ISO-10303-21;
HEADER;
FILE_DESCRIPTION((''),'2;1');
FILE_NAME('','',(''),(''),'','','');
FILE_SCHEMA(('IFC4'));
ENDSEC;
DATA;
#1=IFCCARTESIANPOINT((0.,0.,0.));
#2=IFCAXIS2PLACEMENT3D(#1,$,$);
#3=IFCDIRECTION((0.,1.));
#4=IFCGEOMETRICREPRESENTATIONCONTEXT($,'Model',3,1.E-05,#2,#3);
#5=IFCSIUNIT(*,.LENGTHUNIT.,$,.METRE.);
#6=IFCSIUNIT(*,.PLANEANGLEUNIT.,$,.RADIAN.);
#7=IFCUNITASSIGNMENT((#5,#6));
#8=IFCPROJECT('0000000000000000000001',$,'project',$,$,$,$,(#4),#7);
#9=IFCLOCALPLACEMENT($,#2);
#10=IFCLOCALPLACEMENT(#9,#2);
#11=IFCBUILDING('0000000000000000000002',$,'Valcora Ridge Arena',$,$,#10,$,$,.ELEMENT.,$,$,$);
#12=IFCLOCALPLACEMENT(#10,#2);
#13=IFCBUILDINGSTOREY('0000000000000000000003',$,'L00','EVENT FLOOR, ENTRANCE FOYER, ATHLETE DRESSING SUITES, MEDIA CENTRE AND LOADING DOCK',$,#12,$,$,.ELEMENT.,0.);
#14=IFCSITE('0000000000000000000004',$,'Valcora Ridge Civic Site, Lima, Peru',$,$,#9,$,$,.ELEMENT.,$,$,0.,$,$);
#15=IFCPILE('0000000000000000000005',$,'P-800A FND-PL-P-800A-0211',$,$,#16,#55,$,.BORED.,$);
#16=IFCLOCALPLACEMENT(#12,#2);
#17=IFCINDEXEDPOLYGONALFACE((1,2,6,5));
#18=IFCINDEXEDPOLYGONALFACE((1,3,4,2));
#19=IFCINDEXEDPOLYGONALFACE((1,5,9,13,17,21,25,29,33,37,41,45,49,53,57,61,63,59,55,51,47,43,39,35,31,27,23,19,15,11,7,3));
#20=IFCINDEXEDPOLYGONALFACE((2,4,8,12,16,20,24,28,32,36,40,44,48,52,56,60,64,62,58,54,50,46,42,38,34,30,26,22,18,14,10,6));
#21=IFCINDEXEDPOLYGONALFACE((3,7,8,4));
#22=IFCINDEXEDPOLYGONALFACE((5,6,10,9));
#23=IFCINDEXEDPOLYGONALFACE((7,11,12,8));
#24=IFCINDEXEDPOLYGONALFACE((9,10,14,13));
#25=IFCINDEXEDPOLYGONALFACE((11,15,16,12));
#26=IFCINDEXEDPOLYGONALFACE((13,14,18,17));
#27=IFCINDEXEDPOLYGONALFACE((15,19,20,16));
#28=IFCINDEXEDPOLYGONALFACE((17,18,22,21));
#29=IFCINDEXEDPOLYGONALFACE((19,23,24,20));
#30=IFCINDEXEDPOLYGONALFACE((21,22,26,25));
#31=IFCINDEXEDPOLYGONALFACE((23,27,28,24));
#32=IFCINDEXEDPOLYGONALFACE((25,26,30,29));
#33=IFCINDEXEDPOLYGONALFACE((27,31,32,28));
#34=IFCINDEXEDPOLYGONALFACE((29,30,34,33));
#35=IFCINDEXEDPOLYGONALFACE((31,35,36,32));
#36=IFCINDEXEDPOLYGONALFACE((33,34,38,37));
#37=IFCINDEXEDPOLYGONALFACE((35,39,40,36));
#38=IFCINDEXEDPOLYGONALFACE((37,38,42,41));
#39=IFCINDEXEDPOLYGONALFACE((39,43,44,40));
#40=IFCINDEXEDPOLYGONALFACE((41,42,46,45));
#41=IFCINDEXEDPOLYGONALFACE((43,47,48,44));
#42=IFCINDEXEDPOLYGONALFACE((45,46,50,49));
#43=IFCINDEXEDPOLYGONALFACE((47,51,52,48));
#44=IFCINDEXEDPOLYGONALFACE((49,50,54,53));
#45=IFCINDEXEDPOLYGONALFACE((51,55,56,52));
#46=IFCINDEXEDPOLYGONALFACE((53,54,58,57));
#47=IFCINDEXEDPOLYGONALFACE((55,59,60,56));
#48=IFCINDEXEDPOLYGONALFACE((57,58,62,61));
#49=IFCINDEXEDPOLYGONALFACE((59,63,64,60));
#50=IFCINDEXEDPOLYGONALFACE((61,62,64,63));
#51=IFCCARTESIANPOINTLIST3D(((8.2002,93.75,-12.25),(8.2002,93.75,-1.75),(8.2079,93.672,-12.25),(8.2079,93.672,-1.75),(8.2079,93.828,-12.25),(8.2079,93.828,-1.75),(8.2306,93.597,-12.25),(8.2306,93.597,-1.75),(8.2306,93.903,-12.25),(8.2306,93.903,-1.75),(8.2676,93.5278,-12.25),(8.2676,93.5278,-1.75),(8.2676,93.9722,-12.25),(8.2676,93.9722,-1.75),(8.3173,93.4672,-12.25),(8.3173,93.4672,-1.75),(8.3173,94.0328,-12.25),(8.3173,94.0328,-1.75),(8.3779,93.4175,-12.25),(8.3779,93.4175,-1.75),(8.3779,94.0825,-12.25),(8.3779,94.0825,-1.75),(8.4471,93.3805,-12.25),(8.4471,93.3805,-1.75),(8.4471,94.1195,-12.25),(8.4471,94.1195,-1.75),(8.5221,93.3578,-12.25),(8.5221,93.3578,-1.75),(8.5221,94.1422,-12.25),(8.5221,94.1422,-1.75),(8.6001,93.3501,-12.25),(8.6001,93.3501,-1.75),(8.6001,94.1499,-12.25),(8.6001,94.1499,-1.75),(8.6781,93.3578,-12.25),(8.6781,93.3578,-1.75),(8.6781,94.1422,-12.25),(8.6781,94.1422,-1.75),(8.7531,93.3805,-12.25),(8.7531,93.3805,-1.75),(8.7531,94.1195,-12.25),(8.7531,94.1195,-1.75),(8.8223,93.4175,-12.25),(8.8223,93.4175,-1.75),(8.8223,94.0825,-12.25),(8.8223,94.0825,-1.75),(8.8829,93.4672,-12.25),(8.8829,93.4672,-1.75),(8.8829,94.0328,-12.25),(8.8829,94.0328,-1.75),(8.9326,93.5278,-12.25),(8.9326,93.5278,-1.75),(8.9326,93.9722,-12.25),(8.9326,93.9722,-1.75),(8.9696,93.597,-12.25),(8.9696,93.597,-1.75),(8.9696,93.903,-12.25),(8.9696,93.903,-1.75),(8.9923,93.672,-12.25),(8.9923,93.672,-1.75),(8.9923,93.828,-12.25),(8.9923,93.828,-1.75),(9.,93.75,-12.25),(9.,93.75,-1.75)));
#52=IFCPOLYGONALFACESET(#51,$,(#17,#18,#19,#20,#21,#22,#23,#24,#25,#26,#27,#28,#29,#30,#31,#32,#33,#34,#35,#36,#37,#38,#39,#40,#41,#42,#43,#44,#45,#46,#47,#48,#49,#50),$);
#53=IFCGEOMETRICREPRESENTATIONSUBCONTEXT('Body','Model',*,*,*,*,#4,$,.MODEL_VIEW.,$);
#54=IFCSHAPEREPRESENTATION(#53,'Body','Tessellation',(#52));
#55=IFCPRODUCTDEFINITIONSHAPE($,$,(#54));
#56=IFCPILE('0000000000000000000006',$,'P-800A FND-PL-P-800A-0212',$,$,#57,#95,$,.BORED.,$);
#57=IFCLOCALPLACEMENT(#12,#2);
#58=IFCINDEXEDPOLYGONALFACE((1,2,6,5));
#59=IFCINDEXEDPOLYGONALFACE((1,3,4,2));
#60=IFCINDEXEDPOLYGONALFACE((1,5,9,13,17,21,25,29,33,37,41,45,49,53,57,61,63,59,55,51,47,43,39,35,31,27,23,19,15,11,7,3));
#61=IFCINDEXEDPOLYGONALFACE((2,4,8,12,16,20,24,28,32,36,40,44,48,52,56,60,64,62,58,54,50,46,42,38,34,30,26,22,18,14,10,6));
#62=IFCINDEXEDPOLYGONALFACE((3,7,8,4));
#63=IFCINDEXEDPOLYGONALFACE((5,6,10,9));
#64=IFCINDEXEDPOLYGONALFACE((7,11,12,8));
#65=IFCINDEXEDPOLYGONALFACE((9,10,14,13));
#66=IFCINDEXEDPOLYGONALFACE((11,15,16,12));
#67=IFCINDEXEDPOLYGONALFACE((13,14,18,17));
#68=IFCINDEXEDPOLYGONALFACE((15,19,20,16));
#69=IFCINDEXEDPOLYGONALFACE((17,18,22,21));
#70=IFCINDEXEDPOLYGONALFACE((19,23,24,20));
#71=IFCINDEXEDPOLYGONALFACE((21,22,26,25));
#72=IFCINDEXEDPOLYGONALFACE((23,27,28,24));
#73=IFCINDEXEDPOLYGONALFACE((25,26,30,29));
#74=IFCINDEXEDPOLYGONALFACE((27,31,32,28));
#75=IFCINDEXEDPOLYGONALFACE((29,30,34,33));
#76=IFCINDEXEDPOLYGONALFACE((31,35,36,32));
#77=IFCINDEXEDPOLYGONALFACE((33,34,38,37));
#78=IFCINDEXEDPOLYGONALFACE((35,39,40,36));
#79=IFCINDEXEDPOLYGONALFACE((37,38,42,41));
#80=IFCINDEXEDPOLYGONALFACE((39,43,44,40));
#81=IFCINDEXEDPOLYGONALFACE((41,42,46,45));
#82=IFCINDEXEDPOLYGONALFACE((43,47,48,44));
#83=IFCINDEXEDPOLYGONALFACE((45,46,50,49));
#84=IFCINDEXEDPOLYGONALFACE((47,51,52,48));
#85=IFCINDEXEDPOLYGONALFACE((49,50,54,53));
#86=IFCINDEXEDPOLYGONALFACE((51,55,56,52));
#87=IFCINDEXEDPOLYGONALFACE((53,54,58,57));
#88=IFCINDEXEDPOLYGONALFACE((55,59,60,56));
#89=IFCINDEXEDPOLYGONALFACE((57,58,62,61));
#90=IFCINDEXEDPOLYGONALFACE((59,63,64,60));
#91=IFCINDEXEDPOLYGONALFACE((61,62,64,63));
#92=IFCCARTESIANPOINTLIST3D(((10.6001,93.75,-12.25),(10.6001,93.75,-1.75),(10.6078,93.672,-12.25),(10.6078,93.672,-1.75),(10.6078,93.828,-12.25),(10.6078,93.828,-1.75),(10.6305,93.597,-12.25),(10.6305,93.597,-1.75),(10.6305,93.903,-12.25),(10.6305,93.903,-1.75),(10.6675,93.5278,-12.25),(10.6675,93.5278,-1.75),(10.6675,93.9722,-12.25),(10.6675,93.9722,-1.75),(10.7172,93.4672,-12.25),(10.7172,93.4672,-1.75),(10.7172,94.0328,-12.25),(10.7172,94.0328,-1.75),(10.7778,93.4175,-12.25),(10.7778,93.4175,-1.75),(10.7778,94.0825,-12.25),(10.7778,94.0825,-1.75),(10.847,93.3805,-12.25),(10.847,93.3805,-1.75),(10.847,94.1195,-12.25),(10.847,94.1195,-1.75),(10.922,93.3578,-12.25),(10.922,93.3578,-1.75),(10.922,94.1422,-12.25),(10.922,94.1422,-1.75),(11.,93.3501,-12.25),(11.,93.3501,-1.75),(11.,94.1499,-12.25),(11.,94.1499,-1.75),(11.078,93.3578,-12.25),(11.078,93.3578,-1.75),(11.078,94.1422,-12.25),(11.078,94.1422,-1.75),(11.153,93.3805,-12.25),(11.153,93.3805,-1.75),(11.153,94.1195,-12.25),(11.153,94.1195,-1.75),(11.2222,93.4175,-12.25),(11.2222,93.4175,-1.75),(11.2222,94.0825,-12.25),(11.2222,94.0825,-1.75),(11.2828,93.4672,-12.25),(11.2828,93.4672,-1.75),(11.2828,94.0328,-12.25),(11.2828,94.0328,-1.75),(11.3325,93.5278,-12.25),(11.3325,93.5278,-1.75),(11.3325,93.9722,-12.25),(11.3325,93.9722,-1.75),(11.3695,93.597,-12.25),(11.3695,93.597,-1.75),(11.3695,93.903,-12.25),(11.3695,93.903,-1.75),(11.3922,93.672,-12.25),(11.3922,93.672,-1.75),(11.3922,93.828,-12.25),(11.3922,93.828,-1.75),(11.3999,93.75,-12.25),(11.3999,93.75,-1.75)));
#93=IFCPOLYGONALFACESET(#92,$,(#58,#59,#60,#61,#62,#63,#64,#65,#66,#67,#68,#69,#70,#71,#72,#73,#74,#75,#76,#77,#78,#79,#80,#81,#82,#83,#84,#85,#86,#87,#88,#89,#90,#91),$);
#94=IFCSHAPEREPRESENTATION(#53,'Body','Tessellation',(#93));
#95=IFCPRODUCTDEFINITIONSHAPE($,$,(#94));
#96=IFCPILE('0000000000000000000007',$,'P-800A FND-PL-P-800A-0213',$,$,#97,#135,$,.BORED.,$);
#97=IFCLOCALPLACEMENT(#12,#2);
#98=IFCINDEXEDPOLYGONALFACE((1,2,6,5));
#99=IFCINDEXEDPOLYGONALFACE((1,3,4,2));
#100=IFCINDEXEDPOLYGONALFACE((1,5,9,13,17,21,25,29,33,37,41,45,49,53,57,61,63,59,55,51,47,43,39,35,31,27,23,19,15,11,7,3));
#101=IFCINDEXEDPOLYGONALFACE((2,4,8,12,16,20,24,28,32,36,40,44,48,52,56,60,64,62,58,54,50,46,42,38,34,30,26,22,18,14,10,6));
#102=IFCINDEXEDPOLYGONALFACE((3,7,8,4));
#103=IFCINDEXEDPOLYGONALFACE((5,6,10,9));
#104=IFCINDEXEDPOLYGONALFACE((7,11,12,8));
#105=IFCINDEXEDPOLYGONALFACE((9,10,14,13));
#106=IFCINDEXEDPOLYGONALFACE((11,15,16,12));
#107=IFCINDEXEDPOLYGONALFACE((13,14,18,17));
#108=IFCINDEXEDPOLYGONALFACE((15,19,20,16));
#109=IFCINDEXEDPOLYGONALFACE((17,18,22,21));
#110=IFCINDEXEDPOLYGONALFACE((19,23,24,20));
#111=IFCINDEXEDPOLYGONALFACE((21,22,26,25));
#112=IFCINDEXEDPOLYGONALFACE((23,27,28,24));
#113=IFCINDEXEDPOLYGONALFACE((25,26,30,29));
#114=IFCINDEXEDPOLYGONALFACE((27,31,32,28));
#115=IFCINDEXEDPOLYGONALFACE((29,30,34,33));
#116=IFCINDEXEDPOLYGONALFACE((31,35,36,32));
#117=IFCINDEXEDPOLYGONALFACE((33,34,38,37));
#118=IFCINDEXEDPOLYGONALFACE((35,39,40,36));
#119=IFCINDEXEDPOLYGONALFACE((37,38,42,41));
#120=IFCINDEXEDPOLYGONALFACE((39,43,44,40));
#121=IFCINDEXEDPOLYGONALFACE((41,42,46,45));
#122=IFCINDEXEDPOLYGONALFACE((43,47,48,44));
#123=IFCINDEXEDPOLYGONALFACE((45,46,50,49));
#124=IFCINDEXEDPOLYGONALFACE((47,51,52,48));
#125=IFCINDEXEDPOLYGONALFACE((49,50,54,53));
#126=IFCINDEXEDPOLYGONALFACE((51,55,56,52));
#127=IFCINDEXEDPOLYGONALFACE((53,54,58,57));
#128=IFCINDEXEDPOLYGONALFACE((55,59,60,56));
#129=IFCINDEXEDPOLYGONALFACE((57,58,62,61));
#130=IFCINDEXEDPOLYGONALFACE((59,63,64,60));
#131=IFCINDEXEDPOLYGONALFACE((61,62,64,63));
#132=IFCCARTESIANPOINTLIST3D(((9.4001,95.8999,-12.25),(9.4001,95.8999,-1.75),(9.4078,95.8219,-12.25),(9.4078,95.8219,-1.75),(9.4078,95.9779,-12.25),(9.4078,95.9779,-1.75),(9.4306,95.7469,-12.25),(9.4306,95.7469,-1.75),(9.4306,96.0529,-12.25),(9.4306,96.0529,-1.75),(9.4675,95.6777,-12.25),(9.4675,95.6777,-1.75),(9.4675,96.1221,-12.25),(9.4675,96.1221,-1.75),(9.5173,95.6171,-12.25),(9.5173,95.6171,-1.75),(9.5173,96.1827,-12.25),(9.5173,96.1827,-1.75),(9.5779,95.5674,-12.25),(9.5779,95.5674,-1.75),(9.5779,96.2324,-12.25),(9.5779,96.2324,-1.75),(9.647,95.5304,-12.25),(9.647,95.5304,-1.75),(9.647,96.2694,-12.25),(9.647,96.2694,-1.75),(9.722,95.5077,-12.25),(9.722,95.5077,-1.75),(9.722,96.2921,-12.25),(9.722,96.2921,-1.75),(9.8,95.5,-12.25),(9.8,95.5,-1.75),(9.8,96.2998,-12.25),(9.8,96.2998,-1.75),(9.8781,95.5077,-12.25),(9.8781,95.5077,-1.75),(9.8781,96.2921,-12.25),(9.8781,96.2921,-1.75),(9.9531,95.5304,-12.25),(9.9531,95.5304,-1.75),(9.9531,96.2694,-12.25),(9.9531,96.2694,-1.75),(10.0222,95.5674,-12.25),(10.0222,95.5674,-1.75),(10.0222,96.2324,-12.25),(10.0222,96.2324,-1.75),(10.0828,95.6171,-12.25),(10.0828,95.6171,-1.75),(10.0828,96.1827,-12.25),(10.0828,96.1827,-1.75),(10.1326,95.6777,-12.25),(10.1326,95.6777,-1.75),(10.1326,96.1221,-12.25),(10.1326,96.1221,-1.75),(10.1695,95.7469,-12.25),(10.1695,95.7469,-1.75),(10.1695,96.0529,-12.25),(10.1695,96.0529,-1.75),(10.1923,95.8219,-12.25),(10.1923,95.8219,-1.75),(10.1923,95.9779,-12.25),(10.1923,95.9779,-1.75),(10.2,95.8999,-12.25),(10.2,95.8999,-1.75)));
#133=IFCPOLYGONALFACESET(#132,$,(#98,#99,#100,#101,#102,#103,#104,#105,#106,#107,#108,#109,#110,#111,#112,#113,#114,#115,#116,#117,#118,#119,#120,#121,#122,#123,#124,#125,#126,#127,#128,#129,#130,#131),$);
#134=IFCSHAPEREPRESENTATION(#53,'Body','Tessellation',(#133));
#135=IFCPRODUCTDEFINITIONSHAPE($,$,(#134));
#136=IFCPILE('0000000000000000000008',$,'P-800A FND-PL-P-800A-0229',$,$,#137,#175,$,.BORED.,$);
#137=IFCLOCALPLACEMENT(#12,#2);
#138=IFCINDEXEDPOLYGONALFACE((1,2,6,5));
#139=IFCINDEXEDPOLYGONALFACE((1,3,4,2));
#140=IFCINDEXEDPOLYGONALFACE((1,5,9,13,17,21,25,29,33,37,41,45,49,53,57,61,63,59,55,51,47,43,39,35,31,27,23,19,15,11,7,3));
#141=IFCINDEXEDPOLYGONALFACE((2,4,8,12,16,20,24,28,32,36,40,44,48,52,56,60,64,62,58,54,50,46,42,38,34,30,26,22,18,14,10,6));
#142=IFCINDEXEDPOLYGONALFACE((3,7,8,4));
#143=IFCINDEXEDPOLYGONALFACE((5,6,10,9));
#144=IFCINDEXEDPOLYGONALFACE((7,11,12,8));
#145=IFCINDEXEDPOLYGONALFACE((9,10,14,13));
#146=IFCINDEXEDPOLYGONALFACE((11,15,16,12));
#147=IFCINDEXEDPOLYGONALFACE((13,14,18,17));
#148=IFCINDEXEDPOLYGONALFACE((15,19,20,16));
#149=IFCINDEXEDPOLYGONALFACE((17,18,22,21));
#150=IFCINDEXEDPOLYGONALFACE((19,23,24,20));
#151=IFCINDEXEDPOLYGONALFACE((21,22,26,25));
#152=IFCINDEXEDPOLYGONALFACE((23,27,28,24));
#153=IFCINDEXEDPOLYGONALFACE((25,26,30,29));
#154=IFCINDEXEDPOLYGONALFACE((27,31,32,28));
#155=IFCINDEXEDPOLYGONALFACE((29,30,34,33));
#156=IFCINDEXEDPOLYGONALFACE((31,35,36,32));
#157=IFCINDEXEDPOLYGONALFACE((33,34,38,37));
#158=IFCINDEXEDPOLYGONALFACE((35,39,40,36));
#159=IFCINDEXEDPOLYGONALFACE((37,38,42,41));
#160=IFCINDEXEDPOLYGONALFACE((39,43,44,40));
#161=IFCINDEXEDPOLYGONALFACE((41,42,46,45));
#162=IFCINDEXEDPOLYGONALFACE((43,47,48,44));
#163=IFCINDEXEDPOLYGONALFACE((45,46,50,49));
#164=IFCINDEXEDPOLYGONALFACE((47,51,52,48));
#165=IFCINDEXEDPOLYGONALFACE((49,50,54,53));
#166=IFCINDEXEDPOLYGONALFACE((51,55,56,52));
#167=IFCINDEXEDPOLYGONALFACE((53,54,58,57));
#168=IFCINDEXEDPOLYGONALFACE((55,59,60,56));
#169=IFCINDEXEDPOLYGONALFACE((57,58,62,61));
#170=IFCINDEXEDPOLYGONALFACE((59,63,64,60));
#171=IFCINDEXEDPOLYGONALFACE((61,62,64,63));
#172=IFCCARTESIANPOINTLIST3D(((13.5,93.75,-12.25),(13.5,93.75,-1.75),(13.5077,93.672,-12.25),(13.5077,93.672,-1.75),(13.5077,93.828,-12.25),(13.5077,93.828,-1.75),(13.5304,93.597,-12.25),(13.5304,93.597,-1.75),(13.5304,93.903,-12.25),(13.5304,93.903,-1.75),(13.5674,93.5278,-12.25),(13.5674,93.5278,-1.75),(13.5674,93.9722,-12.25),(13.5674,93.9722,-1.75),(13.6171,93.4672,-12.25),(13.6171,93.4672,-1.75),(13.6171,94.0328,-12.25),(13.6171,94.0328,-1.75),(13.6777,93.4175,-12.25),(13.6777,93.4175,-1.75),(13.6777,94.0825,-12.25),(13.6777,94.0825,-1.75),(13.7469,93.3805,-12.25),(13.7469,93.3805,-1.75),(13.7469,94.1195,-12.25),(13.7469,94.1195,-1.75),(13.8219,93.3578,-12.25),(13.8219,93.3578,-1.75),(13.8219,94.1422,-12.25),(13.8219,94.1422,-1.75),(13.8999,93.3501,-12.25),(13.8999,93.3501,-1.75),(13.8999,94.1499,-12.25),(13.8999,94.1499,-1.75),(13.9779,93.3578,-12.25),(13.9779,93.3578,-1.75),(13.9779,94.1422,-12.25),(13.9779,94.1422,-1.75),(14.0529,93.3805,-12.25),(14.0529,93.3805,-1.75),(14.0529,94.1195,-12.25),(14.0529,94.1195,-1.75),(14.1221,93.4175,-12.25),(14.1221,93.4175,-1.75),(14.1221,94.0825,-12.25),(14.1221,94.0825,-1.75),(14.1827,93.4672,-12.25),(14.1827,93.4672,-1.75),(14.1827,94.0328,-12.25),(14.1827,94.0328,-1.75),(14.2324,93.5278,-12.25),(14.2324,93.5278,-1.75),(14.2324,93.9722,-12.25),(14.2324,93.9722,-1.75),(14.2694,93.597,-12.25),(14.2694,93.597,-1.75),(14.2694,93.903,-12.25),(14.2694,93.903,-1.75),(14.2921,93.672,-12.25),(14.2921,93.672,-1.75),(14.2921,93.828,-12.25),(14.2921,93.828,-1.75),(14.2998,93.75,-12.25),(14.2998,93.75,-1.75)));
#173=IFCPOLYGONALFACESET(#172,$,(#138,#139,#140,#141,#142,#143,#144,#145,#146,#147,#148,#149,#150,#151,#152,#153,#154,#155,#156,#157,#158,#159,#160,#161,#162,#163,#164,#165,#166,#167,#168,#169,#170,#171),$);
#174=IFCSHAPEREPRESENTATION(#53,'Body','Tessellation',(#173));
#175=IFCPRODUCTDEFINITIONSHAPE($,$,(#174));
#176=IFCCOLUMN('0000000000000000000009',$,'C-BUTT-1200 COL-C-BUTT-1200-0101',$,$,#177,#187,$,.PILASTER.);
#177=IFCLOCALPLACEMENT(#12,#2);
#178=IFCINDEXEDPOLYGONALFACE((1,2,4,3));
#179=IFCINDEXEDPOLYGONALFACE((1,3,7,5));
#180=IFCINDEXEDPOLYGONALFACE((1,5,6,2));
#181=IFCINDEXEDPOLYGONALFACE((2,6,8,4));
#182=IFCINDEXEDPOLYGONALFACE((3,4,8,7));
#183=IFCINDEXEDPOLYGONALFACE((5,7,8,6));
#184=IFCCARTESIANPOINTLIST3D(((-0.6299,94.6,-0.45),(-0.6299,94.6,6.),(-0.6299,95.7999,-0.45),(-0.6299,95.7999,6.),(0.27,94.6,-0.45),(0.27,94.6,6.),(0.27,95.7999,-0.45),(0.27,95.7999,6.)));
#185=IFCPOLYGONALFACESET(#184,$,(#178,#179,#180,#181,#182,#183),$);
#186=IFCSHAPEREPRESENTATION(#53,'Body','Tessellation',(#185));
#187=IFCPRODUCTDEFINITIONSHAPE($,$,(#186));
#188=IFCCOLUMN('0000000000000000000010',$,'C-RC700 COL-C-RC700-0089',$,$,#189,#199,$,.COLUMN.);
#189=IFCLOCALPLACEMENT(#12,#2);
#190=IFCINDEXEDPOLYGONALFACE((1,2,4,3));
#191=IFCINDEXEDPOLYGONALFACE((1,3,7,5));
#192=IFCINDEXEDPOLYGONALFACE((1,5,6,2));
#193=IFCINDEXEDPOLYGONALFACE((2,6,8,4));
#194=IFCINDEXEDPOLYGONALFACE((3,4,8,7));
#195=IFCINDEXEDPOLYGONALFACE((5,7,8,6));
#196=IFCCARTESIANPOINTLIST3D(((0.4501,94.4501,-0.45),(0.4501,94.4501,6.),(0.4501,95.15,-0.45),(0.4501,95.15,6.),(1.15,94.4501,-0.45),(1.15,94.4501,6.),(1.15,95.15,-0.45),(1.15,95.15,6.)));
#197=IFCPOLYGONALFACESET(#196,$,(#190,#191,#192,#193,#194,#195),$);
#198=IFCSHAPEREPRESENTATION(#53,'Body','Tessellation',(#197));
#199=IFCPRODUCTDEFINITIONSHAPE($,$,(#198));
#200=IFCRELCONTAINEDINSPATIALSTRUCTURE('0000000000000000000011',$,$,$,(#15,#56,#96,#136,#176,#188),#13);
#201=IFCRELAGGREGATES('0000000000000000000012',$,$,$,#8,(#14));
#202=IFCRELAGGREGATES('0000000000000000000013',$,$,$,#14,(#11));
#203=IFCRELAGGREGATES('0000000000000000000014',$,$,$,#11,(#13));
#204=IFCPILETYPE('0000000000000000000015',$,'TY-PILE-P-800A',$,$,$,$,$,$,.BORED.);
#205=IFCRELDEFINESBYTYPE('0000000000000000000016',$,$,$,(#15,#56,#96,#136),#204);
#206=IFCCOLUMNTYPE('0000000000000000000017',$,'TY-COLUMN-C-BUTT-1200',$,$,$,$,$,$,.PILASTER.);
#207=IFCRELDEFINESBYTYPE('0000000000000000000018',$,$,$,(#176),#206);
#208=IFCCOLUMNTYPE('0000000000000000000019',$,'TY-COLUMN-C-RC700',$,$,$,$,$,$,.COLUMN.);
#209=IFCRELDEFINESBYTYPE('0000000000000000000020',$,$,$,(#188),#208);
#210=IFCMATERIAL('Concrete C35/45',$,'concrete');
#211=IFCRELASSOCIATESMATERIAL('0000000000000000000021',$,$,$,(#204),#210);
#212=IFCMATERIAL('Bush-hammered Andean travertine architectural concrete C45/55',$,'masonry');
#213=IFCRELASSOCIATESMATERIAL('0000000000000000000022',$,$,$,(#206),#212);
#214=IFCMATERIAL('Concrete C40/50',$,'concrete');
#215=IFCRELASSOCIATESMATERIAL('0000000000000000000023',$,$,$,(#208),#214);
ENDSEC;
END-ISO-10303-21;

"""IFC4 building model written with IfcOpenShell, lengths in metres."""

from ifc_helpers import new_model, si_unit, direction, frame, origin, origin_2d, place, context, subcontext, project, spatial, rectangle, circle, extrude, material, material_profile, profile_set, type_object, element, save


model = new_model("IFC4")

# Units and contexts
model_context = context("Model", 3, precision=1e-05, world=origin(), true_north=direction((0.0, 1.0)))
body_context = subcontext(model_context, "Body", "Model", "MODEL_VIEW")
ifc_project = project(units=[si_unit("LENGTHUNIT", "METRE"), si_unit("PLANEANGLEUNIT", "RADIAN")], contexts=[model_context])

# Site, building, storey
site_placement = place(None, origin())
site = spatial("IfcSite", under=ifc_project, at=site_placement, Name="Valcora Ridge Civic Site, Lima, Peru", CompositionType="ELEMENT", RefElevation=0.0)
building_placement = place(site_placement, origin())
building = spatial("IfcBuilding", under=site, at=building_placement, Name="Valcora Ridge Arena", CompositionType="ELEMENT")
storey_placement = place(building_placement, origin())
storey = spatial("IfcBuildingStorey", under=building, at=storey_placement, Name="L00", Description="EVENT FLOOR, ENTRANCE FOYER, ATHLETE DRESSING SUITES, MEDIA CENTRE AND LOADING DOCK", CompositionType="ELEMENT", Elevation=0.0)

# Shared definitions
ifc_material_1 = material(Name="Concrete C40/50", Category="concrete")

# Piles
ifc_material_2 = material(Name="Concrete C35/45", Category="concrete")
ifc_material_profile_1 = material_profile(ifc_material_2, circle(Radius=0.3999, at=origin_2d()), Name="BORED PILE D800")
ifc_profile_set_1 = profile_set([ifc_material_profile_1], Name="Concrete C35/45")
pile_type = type_object("IfcPileType", Name="TY-PILE-P-800A", PredefinedType="BORED", material=ifc_profile_set_1)
for number, where, z_axis, x_axis, name in (
    (1, (8.6001, 93.75, -1.75), (0.0, 0.0, -1.0), (1.0, 0.0, 0.0), "P-800A FND-PL-P-800A-0211"),
    (2, (11.0, 93.75, -1.75), (0.0, 0.0, -1.0), (1.0, 0.0, 0.0), "P-800A FND-PL-P-800A-0212"),
    (3, (9.8, 95.8999, -1.75), (0.0, 0.0, -1.0), (1.0, 0.0, 0.0), "P-800A FND-PL-P-800A-0213"),
    (4, (13.8999, 93.75, -1.75), (0.0, 0.0, -1.0), (1.0, 0.0, 0.0), "P-800A FND-PL-P-800A-0229"),
):
    element("IfcPile", number, at=place(storey_placement, frame(where, z_axis=z_axis, x_axis=x_axis)), inside=storey, type_object=pile_type, Name=name, PredefinedType="BORED", context=body_context, shape_type="SweptSolid", body=[
        extrude(circle(Radius=0.3999, at=origin_2d()), origin(), (0.0, 0.0, 1.0), 10.5),
    ])

# Columns
ifc_material_3 = material(Name="Bush-hammered Andean travertine architectural concrete C45/55", Category="masonry")
ifc_material_profile_2 = material_profile(ifc_material_3, rectangle(XDim=0.8999, YDim=1.2, at=origin_2d()), Name="RC 900x1200")
ifc_profile_set_2 = profile_set([ifc_material_profile_2], Name="Bush-hammered Andean travertine architectural concrete C45/55")
column_type_1 = type_object("IfcColumnType", Name="TY-COLUMN-C-BUTT-1200", PredefinedType="PILASTER", material=ifc_profile_set_2)
column_placement = place(storey_placement, frame((-0.1799, 95.2, -0.45), z_axis=(0.0, 0.0, 1.0), x_axis=(1.0, 0.0, 0.0)))
element("IfcColumn", 5, at=column_placement, inside=storey, type_object=column_type_1, Name="C-BUTT-1200 COL-C-BUTT-1200-0101", PredefinedType="PILASTER", context=body_context, shape_type="SweptSolid", body=[
    extrude(rectangle(XDim=0.8999, YDim=1.2, at=origin_2d()), origin(), (0.0, 0.0, 1.0), 6.45),
])
ifc_material_profile_3 = material_profile(ifc_material_1, rectangle(XDim=0.7, YDim=0.7, at=origin_2d()), Name="RC 700x700")
ifc_profile_set_3 = profile_set([ifc_material_profile_3], Name="Concrete C40/50")
column_type_2 = type_object("IfcColumnType", Name="TY-COLUMN-C-RC700", PredefinedType="COLUMN", material=ifc_profile_set_3)
for number, where, z_axis, x_axis, name in (
    (6, (0.8, 94.8, -0.45), (0.0, 0.0, 1.0), (1.0, 0.0, 0.0), "C-RC700 COL-C-RC700-0089"),
):
    element("IfcColumn", number, at=place(storey_placement, frame(where, z_axis=z_axis, x_axis=x_axis)), inside=storey, type_object=column_type_2, Name=name, PredefinedType="COLUMN", context=body_context, shape_type="SweptSolid", body=[
        extrude(rectangle(XDim=0.7, YDim=0.7, at=origin_2d()), origin(), (0.0, 0.0, 1.0), 6.45),
    ])

save(model, "model.ifc")
